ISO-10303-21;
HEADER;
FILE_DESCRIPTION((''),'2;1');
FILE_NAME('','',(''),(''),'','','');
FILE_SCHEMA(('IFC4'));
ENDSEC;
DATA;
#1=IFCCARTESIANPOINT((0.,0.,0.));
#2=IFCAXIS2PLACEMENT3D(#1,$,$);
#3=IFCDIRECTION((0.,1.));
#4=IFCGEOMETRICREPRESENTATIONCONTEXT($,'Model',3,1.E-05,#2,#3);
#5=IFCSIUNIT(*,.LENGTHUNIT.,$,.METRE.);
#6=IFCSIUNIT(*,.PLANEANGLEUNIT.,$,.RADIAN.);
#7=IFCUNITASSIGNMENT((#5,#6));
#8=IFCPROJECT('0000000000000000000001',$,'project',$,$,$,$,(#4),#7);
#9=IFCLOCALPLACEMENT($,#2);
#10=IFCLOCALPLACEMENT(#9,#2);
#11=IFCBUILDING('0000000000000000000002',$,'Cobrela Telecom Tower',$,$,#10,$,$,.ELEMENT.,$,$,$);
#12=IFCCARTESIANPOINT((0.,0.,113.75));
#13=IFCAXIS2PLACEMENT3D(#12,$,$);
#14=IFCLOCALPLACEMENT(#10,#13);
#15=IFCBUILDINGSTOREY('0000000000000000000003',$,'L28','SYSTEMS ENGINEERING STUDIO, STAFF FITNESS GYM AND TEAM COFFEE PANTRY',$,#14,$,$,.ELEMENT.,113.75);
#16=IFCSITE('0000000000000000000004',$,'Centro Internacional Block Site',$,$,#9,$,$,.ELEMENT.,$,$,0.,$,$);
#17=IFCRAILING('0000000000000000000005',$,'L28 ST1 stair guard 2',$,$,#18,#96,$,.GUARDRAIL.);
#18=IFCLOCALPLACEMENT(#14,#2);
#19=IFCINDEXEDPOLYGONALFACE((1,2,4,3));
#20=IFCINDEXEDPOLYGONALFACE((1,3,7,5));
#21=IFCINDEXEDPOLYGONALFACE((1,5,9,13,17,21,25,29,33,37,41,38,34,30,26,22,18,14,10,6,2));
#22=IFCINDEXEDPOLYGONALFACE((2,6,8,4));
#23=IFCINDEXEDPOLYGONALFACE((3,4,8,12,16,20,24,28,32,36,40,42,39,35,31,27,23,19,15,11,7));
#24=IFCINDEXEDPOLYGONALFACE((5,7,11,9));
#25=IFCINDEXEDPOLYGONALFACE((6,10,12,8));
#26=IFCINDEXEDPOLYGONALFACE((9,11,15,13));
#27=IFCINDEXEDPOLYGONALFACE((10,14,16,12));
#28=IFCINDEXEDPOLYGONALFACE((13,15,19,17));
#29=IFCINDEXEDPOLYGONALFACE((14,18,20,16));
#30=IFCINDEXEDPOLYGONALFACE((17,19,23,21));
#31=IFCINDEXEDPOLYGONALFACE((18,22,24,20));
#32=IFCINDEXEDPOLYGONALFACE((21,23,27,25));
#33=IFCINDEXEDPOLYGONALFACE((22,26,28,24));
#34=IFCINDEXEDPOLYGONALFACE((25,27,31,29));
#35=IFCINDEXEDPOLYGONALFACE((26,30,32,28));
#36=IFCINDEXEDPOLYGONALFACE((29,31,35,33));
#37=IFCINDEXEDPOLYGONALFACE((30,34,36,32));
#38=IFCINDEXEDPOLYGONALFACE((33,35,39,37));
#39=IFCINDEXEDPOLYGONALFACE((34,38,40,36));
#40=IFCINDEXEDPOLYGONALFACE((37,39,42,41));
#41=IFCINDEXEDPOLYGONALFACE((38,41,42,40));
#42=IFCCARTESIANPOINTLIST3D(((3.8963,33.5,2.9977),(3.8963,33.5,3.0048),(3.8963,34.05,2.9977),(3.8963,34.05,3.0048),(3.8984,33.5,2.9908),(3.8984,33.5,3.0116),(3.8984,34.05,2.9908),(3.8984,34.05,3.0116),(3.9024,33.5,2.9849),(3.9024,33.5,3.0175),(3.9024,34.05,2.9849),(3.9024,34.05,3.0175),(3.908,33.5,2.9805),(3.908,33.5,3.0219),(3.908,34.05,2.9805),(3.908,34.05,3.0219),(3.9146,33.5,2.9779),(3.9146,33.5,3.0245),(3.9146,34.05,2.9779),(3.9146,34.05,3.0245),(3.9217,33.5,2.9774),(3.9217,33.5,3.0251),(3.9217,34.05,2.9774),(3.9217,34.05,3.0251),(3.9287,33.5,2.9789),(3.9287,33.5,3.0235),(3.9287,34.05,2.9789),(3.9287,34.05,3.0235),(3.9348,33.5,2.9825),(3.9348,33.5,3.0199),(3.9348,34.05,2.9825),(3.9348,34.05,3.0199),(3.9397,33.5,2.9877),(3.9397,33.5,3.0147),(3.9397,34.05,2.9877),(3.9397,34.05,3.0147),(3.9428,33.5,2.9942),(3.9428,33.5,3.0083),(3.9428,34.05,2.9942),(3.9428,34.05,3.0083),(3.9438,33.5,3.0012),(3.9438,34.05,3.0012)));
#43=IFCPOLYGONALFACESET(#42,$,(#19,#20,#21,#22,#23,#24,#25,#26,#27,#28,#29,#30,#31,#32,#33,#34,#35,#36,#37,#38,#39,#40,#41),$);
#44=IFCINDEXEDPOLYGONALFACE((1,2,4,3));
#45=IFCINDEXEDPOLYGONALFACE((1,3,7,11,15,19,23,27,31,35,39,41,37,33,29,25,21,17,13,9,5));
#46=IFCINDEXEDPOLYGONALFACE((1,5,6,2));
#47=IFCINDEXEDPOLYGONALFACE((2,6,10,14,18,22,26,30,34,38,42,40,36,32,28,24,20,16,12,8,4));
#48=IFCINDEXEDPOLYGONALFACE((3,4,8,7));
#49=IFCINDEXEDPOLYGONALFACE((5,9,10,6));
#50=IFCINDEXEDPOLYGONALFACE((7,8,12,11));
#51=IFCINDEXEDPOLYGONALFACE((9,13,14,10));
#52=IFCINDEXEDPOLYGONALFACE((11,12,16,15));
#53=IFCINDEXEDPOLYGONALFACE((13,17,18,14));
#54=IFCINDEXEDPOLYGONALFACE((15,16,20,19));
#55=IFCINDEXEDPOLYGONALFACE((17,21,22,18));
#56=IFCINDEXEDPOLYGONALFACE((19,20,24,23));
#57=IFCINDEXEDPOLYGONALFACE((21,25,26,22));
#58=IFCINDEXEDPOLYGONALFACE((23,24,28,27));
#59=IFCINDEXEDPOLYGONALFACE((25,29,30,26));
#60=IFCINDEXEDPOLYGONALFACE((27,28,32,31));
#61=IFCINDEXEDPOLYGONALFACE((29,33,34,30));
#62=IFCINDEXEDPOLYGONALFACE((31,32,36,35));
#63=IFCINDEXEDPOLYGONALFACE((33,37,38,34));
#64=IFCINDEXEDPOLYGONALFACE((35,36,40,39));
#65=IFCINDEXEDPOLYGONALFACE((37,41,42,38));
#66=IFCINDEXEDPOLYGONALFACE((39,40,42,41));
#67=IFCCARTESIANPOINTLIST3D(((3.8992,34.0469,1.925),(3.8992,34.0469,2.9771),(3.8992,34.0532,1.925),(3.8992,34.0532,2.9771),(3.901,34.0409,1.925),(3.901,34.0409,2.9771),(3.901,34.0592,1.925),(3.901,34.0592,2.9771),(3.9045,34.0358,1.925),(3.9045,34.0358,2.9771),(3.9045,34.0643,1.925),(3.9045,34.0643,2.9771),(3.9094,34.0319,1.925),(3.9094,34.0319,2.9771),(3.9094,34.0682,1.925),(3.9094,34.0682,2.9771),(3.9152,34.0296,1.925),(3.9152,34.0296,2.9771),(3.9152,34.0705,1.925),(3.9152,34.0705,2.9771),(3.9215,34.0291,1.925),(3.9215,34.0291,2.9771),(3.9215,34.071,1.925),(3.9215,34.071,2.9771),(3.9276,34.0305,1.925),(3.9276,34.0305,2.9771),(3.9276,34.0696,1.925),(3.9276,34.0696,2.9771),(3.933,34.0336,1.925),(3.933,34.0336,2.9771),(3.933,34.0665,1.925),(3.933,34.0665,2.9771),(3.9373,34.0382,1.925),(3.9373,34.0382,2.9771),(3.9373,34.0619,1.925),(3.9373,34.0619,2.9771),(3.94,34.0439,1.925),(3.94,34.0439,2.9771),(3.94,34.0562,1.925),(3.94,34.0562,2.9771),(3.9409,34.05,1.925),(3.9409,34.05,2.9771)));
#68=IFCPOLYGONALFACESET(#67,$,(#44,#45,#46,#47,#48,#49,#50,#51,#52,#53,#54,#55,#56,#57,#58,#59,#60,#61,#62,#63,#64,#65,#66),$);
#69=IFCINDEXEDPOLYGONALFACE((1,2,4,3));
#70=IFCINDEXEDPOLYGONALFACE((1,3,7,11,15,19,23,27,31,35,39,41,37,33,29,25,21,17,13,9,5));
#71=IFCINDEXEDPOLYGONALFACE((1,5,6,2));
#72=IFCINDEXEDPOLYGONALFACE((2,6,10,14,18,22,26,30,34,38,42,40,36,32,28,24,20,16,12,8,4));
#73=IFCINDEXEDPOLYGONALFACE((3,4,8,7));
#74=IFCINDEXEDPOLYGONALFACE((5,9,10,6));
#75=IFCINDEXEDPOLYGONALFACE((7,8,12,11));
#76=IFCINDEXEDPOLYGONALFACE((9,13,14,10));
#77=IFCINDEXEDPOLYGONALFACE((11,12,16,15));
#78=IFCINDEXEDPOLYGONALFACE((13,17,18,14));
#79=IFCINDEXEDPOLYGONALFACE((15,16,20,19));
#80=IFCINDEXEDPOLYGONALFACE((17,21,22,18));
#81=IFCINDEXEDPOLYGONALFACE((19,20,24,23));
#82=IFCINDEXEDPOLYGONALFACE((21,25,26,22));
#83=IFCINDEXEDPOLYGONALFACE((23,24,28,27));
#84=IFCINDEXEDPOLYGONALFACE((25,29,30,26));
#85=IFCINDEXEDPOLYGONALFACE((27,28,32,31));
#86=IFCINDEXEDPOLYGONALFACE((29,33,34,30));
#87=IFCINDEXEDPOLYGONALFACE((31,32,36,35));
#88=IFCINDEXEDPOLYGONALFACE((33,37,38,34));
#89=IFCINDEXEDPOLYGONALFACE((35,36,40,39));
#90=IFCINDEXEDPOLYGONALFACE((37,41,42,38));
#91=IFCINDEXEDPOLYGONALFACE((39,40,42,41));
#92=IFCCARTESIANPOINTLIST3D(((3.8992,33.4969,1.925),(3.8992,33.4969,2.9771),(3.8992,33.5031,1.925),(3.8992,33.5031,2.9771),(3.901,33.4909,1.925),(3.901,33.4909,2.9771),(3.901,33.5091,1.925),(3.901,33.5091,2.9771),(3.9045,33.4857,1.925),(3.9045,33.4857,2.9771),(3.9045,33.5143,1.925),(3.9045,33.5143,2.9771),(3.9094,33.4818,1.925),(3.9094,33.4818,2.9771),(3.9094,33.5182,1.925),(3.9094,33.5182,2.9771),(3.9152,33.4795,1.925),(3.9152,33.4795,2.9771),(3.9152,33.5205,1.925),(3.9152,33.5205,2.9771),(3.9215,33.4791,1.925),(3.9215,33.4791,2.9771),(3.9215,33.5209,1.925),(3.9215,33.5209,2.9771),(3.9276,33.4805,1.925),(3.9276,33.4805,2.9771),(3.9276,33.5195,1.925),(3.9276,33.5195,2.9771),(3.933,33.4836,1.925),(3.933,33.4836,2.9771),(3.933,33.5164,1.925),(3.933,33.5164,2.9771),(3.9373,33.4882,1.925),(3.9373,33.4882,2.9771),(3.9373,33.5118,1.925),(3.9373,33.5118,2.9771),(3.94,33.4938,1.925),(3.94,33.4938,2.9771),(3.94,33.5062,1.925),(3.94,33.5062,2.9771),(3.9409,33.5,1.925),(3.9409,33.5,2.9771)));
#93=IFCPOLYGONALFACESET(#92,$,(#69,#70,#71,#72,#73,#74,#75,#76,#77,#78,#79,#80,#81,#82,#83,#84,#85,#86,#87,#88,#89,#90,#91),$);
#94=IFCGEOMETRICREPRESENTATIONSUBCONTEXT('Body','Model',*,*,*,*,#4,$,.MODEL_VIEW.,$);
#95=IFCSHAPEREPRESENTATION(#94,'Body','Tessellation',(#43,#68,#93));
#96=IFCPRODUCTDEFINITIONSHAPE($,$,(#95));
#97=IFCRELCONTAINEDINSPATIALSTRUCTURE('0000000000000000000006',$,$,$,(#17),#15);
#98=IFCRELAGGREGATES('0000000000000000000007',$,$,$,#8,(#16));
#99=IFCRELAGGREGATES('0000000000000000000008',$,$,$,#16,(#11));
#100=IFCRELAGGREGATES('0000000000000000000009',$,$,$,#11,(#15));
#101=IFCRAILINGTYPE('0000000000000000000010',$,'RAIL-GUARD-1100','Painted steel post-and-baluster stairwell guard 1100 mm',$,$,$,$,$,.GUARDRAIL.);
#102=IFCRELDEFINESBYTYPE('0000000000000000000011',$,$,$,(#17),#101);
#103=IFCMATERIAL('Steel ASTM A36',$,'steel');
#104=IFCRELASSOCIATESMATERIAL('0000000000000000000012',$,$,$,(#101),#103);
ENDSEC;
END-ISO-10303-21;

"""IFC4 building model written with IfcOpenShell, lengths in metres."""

from ifc_helpers import new_model, si_unit, direction, frame, origin, origin_2d, place, context, subcontext, project, spatial, circle, extrude, material, type_object, element, save


model = new_model("IFC4")

# Units and contexts
model_context = context("Model", 3, precision=1e-05, world=origin(), true_north=direction((0.0, 1.0)))
body_context = subcontext(model_context, "Body", "Model", "MODEL_VIEW")
ifc_project = project(units=[si_unit("LENGTHUNIT", "METRE"), si_unit("PLANEANGLEUNIT", "RADIAN")], contexts=[model_context])

# Site, building, storey
site_placement = place(None, origin())
site = spatial("IfcSite", under=ifc_project, at=site_placement, Name="Centro Internacional Block Site", CompositionType="ELEMENT", RefElevation=0.0)
building_placement = place(site_placement, origin())
building = spatial("IfcBuilding", under=site, at=building_placement, Name="Cobrela Telecom Tower", CompositionType="ELEMENT")
storey_placement = place(building_placement, frame((0.0, 0.0, 113.75)))
storey = spatial("IfcBuildingStorey", under=building, at=storey_placement, Name="L28", Description="SYSTEMS ENGINEERING STUDIO, STAFF FITNESS GYM AND TEAM COFFEE PANTRY", CompositionType="ELEMENT", Elevation=113.75)

# Shared definitions
ifc_material_1 = material(Name="Steel ASTM A36", Category="steel")

# Railing
railing_type_1 = type_object("IfcRailingType", Name="RAIL-GUARD-1100", Description="Painted steel post-and-baluster stairwell guard 1100 mm", PredefinedType="GUARDRAIL", material=ifc_material_1)
railing_1_placement = place(storey_placement, frame((3.9199, 34.05, 1.925)))
element("IfcRailing", 1, at=railing_1_placement, inside=storey, type_object=railing_type_1, Name="L28 ST1 stair guard 2", PredefinedType="GUARDRAIL", context=body_context, shape_type="SweptSolid", body=[
    extrude(circle(Radius=0.0239, at=origin_2d()), frame((0.0, 0.0, 1.0762), z_axis=(0.0, -1.0, 0.0), x_axis=(1.0, 0.0, 0.0)), (0.0, 0.0, 1.0), 0.55),
    extrude(circle(Radius=0.021, at=origin_2d()), origin(), (0.0, 0.0, 1.0), 1.052),
    extrude(circle(Radius=0.021, at=origin_2d()), frame((0.0, -0.55, 0.0)), (0.0, 0.0, 1.0), 1.052),
])

save(model, "model.ifc")
